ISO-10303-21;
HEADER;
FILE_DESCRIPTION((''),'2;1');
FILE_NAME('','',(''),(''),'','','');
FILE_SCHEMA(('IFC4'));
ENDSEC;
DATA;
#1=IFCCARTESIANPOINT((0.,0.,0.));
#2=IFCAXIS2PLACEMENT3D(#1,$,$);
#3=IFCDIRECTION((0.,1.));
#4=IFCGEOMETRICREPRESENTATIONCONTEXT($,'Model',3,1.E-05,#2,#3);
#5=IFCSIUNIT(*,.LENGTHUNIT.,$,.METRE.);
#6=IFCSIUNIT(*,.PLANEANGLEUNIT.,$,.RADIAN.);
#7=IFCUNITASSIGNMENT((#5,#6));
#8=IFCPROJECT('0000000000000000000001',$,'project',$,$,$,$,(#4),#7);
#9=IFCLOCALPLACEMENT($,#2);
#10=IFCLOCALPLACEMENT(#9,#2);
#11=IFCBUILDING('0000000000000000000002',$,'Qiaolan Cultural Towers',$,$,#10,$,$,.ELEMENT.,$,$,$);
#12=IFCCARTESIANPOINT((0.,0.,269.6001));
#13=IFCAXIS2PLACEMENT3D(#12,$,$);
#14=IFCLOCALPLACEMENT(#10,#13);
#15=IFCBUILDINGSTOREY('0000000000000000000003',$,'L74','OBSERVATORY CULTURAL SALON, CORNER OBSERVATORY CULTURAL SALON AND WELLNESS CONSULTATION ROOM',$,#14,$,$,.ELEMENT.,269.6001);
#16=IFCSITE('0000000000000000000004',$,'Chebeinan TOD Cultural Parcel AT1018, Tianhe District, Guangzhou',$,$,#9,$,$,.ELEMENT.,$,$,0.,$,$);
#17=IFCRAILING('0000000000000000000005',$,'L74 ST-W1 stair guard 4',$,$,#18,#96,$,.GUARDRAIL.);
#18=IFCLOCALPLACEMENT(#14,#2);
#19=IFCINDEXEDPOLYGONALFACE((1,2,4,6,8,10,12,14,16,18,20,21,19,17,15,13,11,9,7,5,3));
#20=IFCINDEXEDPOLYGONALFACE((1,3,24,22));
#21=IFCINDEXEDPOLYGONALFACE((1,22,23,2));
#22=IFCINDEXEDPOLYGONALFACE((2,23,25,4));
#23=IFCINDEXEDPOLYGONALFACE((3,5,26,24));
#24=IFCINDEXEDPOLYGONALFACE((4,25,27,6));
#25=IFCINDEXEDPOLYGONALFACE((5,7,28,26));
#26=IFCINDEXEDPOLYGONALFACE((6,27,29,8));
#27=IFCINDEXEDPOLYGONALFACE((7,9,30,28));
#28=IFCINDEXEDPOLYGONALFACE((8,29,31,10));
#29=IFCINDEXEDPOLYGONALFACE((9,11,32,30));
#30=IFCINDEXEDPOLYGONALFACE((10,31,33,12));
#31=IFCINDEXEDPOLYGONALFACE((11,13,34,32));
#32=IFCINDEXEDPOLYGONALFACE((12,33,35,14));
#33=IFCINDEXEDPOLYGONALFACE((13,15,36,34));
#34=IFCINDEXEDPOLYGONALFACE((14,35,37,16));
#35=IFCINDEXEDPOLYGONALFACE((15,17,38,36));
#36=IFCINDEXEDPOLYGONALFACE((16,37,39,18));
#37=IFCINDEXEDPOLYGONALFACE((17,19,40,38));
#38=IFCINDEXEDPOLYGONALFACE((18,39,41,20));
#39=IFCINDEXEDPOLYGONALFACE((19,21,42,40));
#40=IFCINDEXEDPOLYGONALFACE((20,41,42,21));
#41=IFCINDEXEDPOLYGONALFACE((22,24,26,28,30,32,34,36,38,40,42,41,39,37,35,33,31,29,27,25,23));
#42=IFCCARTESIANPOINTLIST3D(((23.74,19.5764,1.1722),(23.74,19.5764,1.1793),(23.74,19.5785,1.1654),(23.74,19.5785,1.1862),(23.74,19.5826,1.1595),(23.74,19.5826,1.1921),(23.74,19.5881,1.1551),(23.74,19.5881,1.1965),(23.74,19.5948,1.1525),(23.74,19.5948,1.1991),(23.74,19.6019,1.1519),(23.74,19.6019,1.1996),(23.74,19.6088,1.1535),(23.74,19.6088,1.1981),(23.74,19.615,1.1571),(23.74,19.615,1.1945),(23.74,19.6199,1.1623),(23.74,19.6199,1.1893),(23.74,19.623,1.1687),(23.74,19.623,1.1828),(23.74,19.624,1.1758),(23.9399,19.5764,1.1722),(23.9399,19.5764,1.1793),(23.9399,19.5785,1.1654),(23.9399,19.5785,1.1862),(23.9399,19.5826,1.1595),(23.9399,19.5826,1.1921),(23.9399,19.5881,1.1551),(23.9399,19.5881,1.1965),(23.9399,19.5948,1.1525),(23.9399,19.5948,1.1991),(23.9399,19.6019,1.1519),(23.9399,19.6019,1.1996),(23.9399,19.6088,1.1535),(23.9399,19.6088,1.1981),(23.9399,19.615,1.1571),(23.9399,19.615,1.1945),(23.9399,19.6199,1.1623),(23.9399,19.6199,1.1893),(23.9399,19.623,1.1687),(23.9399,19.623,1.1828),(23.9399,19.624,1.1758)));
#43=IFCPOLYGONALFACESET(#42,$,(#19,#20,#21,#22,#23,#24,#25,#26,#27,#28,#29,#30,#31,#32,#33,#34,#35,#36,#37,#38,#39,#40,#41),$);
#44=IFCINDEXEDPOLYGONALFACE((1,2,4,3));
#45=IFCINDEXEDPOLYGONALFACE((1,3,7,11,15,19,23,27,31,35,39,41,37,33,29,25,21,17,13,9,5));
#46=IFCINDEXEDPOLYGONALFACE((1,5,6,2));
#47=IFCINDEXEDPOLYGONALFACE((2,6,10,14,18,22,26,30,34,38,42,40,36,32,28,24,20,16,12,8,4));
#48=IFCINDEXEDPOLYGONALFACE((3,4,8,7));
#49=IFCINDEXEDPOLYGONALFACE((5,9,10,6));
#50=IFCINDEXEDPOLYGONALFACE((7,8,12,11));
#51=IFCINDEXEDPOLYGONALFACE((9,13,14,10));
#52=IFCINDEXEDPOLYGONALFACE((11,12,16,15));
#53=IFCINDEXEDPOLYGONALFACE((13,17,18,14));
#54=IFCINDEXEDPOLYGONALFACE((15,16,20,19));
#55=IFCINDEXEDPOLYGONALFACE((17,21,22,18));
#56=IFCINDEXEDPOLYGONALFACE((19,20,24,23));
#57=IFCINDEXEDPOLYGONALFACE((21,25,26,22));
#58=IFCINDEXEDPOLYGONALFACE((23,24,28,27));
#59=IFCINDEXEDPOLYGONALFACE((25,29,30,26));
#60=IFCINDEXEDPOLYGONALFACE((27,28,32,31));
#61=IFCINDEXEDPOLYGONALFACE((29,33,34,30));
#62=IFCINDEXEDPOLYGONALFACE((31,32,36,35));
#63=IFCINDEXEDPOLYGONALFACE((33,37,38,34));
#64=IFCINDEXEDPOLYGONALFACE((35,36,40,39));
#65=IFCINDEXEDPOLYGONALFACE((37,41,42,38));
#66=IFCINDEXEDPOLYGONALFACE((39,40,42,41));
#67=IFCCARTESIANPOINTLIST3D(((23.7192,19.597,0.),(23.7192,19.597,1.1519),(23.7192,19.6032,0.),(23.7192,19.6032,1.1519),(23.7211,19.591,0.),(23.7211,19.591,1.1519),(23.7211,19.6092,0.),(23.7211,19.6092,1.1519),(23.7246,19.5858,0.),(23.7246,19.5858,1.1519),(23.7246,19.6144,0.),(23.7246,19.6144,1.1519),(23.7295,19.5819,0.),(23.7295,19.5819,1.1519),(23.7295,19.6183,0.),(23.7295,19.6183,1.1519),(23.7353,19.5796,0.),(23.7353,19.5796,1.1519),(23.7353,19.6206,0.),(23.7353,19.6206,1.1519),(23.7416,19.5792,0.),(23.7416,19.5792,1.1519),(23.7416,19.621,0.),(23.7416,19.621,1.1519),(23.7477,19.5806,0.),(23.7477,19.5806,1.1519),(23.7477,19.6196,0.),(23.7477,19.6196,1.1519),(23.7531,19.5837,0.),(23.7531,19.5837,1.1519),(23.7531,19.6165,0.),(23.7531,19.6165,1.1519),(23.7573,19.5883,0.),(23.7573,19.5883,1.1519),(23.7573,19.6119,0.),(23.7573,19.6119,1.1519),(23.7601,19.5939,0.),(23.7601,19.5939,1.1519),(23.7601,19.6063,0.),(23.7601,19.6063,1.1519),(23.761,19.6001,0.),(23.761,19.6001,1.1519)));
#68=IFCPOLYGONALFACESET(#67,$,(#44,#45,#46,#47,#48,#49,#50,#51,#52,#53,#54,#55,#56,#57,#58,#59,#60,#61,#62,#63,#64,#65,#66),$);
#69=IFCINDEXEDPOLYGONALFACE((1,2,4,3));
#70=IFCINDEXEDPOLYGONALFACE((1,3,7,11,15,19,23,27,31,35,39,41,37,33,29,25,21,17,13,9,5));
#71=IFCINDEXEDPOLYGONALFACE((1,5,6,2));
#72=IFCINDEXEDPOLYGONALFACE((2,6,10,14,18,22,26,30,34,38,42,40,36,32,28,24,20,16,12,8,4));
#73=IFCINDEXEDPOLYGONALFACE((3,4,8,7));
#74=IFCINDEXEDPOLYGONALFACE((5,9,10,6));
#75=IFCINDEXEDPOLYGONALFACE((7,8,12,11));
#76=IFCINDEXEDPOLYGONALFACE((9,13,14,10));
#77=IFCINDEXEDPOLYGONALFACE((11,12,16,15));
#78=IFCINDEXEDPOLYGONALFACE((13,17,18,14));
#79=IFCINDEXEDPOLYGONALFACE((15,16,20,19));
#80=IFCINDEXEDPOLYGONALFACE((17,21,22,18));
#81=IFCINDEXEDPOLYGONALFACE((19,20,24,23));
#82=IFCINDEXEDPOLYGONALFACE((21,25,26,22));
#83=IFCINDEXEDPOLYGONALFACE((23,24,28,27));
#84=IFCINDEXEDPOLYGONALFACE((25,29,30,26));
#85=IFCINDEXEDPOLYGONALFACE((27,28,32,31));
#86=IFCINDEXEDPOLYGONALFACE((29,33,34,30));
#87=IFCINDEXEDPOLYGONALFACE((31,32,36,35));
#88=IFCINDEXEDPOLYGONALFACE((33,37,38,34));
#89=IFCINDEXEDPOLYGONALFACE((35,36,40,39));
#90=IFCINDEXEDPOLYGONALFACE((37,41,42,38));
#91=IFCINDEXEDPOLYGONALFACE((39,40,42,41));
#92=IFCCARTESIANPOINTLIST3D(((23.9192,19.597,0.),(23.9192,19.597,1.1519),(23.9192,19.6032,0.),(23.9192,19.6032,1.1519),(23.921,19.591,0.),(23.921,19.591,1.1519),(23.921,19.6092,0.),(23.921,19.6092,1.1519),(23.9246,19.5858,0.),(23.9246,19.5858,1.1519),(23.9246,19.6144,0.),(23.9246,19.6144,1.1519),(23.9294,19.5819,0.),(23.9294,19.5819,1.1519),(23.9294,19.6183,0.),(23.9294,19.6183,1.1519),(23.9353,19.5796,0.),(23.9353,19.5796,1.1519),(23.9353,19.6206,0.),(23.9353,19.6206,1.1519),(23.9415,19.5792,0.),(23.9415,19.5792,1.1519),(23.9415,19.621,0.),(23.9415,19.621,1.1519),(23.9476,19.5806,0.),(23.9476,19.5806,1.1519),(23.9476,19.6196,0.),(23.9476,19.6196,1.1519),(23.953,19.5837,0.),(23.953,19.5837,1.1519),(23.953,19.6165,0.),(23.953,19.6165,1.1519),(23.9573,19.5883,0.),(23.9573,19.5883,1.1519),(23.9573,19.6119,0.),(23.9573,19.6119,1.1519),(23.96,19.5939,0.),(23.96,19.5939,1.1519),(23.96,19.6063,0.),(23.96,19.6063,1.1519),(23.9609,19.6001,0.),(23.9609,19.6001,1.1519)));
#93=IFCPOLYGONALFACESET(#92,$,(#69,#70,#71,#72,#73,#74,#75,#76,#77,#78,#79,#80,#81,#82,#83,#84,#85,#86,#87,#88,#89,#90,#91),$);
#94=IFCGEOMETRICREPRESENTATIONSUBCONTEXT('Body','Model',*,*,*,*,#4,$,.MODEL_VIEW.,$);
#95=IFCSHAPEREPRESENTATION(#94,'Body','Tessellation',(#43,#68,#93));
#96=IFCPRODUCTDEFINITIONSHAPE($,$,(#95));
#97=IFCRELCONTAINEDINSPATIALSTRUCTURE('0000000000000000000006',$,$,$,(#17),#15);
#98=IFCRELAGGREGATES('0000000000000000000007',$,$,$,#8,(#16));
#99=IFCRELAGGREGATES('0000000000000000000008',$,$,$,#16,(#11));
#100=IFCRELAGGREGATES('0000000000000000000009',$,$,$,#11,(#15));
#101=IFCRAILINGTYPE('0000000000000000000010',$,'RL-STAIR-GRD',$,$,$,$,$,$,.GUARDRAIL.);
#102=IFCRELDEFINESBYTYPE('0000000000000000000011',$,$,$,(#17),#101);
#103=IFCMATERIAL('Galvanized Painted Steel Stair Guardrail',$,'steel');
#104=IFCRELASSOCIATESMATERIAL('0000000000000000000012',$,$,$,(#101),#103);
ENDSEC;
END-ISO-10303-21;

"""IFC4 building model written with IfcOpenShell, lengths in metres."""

from ifc_helpers import new_model, si_unit, direction, frame, origin, origin_2d, place, context, subcontext, project, spatial, circle, extrude, material, type_object, element, save


model = new_model("IFC4")

# Units and contexts
model_context = context("Model", 3, precision=1e-05, world=origin(), true_north=direction((0.0, 1.0)))
body_context = subcontext(model_context, "Body", "Model", "MODEL_VIEW")
ifc_project = project(units=[si_unit("LENGTHUNIT", "METRE"), si_unit("PLANEANGLEUNIT", "RADIAN")], contexts=[model_context])

# Site, building, storey
site_placement = place(None, origin())
site = spatial("IfcSite", under=ifc_project, at=site_placement, Name="Chebeinan TOD Cultural Parcel AT1018, Tianhe District, Guangzhou", CompositionType="ELEMENT", RefElevation=0.0)
building_placement = place(site_placement, origin())
building = spatial("IfcBuilding", under=site, at=building_placement, Name="Qiaolan Cultural Towers", CompositionType="ELEMENT")
storey_placement = place(building_placement, frame((0.0, 0.0, 269.6001)))
storey = spatial("IfcBuildingStorey", under=building, at=storey_placement, Name="L74", Description="OBSERVATORY CULTURAL SALON, CORNER OBSERVATORY CULTURAL SALON AND WELLNESS CONSULTATION ROOM", CompositionType="ELEMENT", Elevation=269.6001)

# Railing
ifc_material_1 = material(Name="Galvanized Painted Steel Stair Guardrail", Category="steel")
railing_type_1 = type_object("IfcRailingType", Name="RL-STAIR-GRD", PredefinedType="GUARDRAIL", material=ifc_material_1)
railing_1_placement = place(storey_placement, frame((23.74, 19.6001, 0.0)))
element("IfcRailing", 1, at=railing_1_placement, inside=storey, type_object=railing_type_1, Name="L74 ST-W1 stair guard 4", PredefinedType="GUARDRAIL", context=body_context, shape_type="SweptSolid", body=[
    extrude(circle(Radius=0.0239, at=origin_2d()), frame((0.0, 0.0, 1.1758), z_axis=(1.0, 0.0, 0.0), x_axis=(0.0, 1.0, 0.0)), (0.0, 0.0, 1.0), 0.2),
    extrude(circle(Radius=0.021, at=origin_2d()), origin(), (0.0, 0.0, 1.0), 1.1519),
    extrude(circle(Radius=0.021, at=origin_2d()), frame((0.2, 0.0, 0.0)), (0.0, 0.0, 1.0), 1.1519),
])

save(model, "model.ifc")
